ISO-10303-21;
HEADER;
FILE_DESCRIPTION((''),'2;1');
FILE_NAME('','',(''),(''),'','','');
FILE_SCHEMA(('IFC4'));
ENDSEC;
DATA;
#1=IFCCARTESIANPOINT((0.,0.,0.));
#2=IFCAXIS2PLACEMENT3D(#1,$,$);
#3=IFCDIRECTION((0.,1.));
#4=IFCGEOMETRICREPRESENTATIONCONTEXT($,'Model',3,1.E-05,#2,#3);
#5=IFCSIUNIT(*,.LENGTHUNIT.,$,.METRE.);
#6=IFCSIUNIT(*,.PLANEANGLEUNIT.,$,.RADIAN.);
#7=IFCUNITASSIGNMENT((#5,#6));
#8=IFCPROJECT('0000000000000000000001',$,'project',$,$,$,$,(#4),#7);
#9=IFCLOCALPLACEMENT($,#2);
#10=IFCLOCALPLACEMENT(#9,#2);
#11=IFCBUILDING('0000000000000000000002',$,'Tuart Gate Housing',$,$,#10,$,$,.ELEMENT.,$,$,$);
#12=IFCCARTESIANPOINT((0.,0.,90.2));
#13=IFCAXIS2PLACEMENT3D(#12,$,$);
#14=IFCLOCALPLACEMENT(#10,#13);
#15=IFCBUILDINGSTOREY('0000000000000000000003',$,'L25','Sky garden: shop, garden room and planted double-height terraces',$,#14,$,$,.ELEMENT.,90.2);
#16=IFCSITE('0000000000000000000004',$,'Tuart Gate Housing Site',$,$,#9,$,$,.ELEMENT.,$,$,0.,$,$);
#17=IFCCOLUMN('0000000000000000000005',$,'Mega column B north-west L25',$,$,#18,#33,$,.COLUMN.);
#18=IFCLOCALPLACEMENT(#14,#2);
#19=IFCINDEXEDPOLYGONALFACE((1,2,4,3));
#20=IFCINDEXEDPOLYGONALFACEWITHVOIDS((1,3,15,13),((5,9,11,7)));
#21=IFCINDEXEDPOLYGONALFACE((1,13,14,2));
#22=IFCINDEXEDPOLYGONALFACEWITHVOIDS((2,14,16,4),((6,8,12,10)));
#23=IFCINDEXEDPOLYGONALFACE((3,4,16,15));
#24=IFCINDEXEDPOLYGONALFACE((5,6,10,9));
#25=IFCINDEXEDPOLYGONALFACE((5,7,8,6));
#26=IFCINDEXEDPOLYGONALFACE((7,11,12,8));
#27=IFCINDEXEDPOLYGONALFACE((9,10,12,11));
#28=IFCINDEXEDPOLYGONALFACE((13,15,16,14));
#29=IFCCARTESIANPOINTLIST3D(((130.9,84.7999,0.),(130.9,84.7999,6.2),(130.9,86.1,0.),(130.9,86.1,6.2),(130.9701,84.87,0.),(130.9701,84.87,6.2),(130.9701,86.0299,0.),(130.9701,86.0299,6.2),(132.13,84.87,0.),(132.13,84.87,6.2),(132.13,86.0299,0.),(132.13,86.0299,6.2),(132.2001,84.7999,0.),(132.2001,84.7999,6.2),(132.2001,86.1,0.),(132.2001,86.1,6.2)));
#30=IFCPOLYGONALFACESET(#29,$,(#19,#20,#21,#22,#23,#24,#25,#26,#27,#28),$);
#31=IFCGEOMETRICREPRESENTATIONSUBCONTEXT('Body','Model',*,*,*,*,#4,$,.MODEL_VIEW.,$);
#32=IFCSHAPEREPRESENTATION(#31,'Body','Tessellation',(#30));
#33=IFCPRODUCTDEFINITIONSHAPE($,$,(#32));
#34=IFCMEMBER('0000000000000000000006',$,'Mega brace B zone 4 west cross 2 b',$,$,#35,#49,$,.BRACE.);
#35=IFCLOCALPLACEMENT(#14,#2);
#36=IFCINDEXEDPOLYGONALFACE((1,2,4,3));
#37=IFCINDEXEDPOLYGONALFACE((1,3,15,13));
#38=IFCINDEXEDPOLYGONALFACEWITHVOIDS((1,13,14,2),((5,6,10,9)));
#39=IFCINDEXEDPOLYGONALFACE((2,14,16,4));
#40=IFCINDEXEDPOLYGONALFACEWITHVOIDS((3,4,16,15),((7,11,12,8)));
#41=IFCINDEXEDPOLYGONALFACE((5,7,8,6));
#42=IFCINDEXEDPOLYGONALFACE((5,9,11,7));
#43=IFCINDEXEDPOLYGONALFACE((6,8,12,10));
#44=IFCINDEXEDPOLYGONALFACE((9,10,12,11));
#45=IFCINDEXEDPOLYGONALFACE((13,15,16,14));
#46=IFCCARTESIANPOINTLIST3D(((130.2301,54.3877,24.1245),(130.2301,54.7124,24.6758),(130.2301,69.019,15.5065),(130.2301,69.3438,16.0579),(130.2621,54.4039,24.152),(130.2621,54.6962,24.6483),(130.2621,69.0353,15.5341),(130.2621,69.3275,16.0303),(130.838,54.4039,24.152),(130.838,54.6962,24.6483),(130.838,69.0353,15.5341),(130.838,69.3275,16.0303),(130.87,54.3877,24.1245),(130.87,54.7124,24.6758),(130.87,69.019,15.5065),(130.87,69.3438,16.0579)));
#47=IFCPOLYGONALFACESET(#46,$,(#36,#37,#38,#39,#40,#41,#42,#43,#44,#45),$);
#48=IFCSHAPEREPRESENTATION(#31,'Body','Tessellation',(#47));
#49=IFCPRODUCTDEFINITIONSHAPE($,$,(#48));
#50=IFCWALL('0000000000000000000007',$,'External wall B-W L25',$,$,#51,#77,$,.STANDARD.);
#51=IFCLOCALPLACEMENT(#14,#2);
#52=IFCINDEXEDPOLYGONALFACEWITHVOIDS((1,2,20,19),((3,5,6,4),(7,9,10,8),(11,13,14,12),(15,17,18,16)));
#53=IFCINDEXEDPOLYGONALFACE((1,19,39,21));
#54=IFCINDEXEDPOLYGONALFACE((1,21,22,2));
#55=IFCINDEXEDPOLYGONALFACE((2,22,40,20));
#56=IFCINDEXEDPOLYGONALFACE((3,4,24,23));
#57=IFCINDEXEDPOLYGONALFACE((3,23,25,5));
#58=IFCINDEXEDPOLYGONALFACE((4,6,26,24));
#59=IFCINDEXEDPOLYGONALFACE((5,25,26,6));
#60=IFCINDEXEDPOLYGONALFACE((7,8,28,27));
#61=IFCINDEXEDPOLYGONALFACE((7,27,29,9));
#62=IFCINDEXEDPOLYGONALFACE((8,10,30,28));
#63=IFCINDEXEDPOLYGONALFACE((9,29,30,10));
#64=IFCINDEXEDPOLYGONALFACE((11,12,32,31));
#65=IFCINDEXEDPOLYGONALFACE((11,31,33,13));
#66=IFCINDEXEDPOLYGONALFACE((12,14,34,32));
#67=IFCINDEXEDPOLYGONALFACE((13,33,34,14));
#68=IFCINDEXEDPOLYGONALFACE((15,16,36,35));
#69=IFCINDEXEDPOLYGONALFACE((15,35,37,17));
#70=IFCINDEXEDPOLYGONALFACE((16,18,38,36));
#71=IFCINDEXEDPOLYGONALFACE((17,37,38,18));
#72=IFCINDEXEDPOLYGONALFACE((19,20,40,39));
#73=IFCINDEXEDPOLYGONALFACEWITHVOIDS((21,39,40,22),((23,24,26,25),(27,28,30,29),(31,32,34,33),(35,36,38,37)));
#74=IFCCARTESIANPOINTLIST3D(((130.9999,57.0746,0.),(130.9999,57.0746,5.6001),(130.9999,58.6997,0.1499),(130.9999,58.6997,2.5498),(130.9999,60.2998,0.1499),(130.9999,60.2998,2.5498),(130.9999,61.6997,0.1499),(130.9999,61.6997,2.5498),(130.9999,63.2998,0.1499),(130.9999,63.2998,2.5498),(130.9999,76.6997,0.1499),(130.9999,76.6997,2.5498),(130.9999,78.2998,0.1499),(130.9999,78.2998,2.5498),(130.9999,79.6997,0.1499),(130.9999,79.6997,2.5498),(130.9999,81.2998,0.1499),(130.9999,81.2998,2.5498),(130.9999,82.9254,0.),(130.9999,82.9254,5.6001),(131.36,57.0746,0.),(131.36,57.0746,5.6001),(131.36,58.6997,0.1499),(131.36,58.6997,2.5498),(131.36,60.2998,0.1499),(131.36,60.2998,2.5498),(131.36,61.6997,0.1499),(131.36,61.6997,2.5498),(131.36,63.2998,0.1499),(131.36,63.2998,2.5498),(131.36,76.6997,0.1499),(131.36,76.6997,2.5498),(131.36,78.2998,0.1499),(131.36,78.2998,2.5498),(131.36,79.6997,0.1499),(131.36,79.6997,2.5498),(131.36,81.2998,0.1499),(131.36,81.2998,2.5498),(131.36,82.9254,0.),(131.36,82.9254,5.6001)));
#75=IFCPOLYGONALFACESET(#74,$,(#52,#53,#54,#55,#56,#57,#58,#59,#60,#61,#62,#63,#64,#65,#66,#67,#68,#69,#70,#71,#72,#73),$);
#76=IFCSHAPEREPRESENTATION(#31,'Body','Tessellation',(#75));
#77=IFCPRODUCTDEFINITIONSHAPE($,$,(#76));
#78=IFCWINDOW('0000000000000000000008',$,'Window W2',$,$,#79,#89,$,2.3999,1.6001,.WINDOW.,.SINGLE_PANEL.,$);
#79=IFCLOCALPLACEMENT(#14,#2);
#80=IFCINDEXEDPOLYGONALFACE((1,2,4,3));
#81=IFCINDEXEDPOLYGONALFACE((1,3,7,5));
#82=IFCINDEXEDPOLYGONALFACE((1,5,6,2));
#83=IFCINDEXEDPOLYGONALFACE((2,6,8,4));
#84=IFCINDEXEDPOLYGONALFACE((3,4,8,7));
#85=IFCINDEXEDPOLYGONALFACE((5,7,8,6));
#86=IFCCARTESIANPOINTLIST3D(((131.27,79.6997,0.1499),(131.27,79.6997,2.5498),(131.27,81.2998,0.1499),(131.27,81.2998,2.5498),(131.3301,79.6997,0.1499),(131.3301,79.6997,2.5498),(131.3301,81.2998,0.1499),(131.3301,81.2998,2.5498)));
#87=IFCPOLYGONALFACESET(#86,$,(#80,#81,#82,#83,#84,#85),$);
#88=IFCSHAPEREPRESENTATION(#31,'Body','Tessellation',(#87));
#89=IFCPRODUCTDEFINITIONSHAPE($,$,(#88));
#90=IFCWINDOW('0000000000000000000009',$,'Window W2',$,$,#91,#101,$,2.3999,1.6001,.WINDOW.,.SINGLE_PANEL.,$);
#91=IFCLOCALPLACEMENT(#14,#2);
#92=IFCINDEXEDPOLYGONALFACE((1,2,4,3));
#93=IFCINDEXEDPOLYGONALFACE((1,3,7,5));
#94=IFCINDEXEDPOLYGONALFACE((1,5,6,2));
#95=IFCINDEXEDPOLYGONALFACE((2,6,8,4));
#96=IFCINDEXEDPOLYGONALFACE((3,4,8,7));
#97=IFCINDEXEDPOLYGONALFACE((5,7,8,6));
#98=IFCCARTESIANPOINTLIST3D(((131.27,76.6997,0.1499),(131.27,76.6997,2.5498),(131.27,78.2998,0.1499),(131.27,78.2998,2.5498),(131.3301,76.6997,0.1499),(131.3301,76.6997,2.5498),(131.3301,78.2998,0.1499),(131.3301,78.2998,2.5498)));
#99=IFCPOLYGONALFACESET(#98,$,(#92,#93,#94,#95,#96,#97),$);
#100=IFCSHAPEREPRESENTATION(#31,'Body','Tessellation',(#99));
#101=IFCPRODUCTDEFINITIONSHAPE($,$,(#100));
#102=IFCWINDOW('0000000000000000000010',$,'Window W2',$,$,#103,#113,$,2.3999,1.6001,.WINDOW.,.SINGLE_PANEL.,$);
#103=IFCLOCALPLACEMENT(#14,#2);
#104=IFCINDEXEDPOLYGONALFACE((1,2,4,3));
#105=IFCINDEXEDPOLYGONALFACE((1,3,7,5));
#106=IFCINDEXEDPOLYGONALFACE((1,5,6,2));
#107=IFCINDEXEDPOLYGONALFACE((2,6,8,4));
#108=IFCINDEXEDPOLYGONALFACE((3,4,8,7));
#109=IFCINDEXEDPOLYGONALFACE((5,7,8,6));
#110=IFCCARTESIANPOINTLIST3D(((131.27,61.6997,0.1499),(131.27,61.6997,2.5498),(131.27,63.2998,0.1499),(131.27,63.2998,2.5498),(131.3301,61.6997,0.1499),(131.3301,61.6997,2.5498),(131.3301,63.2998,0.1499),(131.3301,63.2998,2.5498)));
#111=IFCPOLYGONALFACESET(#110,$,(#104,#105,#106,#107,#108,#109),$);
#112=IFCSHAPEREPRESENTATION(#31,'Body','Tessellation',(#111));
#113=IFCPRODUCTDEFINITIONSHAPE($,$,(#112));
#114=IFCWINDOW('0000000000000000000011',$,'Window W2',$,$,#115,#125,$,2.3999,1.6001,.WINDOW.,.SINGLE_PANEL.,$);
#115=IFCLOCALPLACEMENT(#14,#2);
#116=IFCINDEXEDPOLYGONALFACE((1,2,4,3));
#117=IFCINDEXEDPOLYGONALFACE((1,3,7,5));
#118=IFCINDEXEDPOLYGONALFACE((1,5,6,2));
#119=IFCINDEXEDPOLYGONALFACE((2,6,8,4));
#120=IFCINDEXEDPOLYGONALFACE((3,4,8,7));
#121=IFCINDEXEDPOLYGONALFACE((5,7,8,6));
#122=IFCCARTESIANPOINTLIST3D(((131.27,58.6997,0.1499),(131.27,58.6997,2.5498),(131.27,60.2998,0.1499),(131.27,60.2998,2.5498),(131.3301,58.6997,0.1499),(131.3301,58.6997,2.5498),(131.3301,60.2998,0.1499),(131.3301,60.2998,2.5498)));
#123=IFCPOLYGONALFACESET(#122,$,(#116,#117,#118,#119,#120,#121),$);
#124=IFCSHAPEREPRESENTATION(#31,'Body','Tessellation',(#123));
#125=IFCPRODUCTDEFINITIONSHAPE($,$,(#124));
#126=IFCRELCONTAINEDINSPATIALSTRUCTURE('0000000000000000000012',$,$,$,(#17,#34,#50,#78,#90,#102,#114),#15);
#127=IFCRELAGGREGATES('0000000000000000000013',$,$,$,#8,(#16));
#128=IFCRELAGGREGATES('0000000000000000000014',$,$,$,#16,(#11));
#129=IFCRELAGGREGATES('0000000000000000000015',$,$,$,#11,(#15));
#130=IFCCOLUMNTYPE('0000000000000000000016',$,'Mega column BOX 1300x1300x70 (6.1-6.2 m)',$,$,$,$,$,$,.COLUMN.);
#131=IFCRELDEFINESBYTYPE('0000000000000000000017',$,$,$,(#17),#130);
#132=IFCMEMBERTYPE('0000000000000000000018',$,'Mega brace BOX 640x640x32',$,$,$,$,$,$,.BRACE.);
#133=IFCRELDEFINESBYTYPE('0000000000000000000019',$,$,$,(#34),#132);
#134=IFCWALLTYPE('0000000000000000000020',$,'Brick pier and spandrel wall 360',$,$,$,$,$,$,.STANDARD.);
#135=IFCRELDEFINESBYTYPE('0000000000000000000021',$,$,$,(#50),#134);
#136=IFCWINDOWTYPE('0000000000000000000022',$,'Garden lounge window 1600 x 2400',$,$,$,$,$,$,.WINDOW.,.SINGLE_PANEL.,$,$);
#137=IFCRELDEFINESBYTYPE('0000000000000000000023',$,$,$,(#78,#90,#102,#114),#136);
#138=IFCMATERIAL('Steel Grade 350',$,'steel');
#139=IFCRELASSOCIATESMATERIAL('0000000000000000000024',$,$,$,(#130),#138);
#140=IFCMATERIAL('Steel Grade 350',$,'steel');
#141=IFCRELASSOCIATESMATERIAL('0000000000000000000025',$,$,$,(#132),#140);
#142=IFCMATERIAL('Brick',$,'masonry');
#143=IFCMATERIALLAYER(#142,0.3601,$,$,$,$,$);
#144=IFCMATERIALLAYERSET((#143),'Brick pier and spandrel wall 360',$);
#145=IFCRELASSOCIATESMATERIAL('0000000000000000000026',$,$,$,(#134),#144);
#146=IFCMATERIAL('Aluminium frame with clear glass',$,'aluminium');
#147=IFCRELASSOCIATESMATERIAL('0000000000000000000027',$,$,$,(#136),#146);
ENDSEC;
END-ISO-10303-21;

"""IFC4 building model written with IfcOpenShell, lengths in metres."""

from ifc_helpers import new_model, si_unit, direction, frame, frame_2d, origin, origin_2d, place, context, subcontext, project, spatial, rectangle, hollow_rectangle, extrude, material, layer, layer_set, material_profile, profile_set, type_object, element, fill, save


model = new_model("IFC4")

# Units and contexts
model_context = context("Model", 3, precision=1e-05, world=origin(), true_north=direction((0.0, 1.0)))
body_context = subcontext(model_context, "Body", "Model", "MODEL_VIEW")
ifc_project = project(units=[si_unit("LENGTHUNIT", "METRE"), si_unit("PLANEANGLEUNIT", "RADIAN")], contexts=[model_context])

# Site, building, storey
site_placement = place(None, origin())
site = spatial("IfcSite", under=ifc_project, at=site_placement, Name="Tuart Gate Housing Site", CompositionType="ELEMENT", RefElevation=0.0)
building_placement = place(site_placement, origin())
building = spatial("IfcBuilding", under=site, at=building_placement, Name="Tuart Gate Housing", CompositionType="ELEMENT")
storey_placement = place(building_placement, frame((0.0, 0.0, 90.2)))
storey = spatial("IfcBuildingStorey", under=building, at=storey_placement, Name="L25", Description="Sky garden: shop, garden room and planted double-height terraces", CompositionType="ELEMENT", Elevation=90.2)

# Column
ifc_material_1 = material(Name="Steel Grade 350", Category="steel")
ifc_material_profile_1 = material_profile(ifc_material_1, hollow_rectangle(XDim=1.3, YDim=1.3, WallThickness=0.0701, at=origin_2d()), Name="BOX 1300x1300x70")
ifc_profile_set_1 = profile_set([ifc_material_profile_1], Name="Steel Grade 350")
column_type = type_object("IfcColumnType", Name="Mega column BOX 1300x1300x70 (6.1-6.2 m)", PredefinedType="COLUMN", material=ifc_profile_set_1)
column_placement = place(storey_placement, frame((131.55, 85.45, 0.0), z_axis=(0.0, 0.0, 1.0), x_axis=(1.0, 0.0, 0.0)))
element("IfcColumn", 1, at=column_placement, inside=storey, type_object=column_type, Name="Mega column B north-west L25", PredefinedType="COLUMN", context=body_context, shape_type="SweptSolid", body=[
    extrude(hollow_rectangle(XDim=1.3, YDim=1.3, WallThickness=0.0701, at=origin_2d()), origin(), (0.0, 0.0, 1.0), 6.2),
])

# Member
ifc_material_2 = material(Name="Steel Grade 350", Category="steel")
ifc_material_profile_2 = material_profile(ifc_material_2, hollow_rectangle(XDim=0.6399, YDim=0.6399, WallThickness=0.032, at=origin_2d()), Name="BOX 640x640x32")
ifc_profile_set_2 = profile_set([ifc_material_profile_2], Name="Steel Grade 350")
member_type = type_object("IfcMemberType", Name="Mega brace BOX 640x640x32", PredefinedType="BRACE", material=ifc_profile_set_2)
member_placement = place(storey_placement, frame((130.55, 69.1814, 15.7822), z_axis=(0.0, -0.861645, 0.507512), x_axis=(1.0, 0.0, 0.0)))
element("IfcMember", 2, at=member_placement, inside=storey, type_object=member_type, Name="Mega brace B zone 4 west cross 2 b", PredefinedType="BRACE", context=body_context, shape_type="SweptSolid", body=[
    extrude(hollow_rectangle(XDim=0.6399, YDim=0.6399, WallThickness=0.032, at=origin_2d()), origin(), (0.0, 0.0, 1.0), 16.9807),
])

# Wall, openings, windows
ifc_material_3 = material(Name="Brick", Category="masonry")
ifc_layer_1 = layer(ifc_material_3, 0.3601)
ifc_layer_set_1 = layer_set([ifc_layer_1], Name="Brick pier and spandrel wall 360")
wall_type_1 = type_object("IfcWallType", Name="Brick pier and spandrel wall 360", PredefinedType="STANDARD", material=ifc_layer_set_1)
wall_1_placement = place(storey_placement, frame((131.1799, 82.9253, 0.0), z_axis=(0.0, 0.0, 1.0), x_axis=(0.0, -1.0, 0.0)))
wall_1 = element("IfcWall", 3, at=wall_1_placement, inside=storey, type_object=wall_type_1, Name="External wall B-W L25", PredefinedType="STANDARD", context=body_context, shape_type="SweptSolid", body=[
    extrude(rectangle(XDim=25.8508, YDim=0.3601, at=frame_2d((12.9253, 0.0))), origin(), (0.0, 0.0, 1.0), 5.6001),
])
opening_1_placement = place(wall_1_placement, frame((1.6255, 0.0, 0.1499)))
opening_1 = element("IfcOpeningElement", 4, at=opening_1_placement, cuts=wall_1, PredefinedType="OPENING", context=body_context, shape_type="SweptSolid", body=[
    extrude(rectangle(XDim=1.6001, YDim=2.3999, at=frame_2d((0.8, 1.2))), frame((0.0, 0.1899, 0.0), z_axis=(0.0, -1.0, 0.0), x_axis=(1.0, 0.0, 0.0)), (0.0, 0.0, 1.0), 0.3801),
])
opening_2_placement = place(wall_1_placement, frame((4.6255, 0.0, 0.1499)))
opening_2 = element("IfcOpeningElement", 5, at=opening_2_placement, cuts=wall_1, PredefinedType="OPENING", context=body_context, shape_type="SweptSolid", body=[
    extrude(rectangle(XDim=1.6001, YDim=2.3999, at=frame_2d((0.8, 1.2))), frame((0.0, 0.1899, 0.0), z_axis=(0.0, -1.0, 0.0), x_axis=(1.0, 0.0, 0.0)), (0.0, 0.0, 1.0), 0.3801),
])
opening_3_placement = place(wall_1_placement, frame((19.6255, 0.0, 0.1499)))
opening_3 = element("IfcOpeningElement", 6, at=opening_3_placement, cuts=wall_1, PredefinedType="OPENING", context=body_context, shape_type="SweptSolid", body=[
    extrude(rectangle(XDim=1.6001, YDim=2.3999, at=frame_2d((0.8, 1.2))), frame((0.0, 0.1899, 0.0), z_axis=(0.0, -1.0, 0.0), x_axis=(1.0, 0.0, 0.0)), (0.0, 0.0, 1.0), 0.3801),
])
opening_4_placement = place(wall_1_placement, frame((22.6255, 0.0, 0.1499)))
opening_4 = element("IfcOpeningElement", 7, at=opening_4_placement, cuts=wall_1, PredefinedType="OPENING", context=body_context, shape_type="SweptSolid", body=[
    extrude(rectangle(XDim=1.6001, YDim=2.3999, at=frame_2d((0.8, 1.2))), frame((0.0, 0.1899, 0.0), z_axis=(0.0, -1.0, 0.0), x_axis=(1.0, 0.0, 0.0)), (0.0, 0.0, 1.0), 0.3801),
])
ifc_material_4 = material(Name="Aluminium frame with clear glass", Category="aluminium")
window_type = type_object("IfcWindowType", Name="Garden lounge window 1600 x 2400", PartitioningType="SINGLE_PANEL", PredefinedType="WINDOW", material=ifc_material_4)
window_1_placement = place(opening_1_placement, origin())
window_1 = element("IfcWindow", 8, at=window_1_placement, inside=storey, type_object=window_type, Name="Window W2", OverallHeight=2.3999, OverallWidth=1.6001, PartitioningType="SINGLE_PANEL", PredefinedType="WINDOW", context=body_context, shape_type="SweptSolid", body=[
    extrude(rectangle(XDim=1.6001, YDim=2.3999, at=frame_2d((0.8, 1.2))), frame((0.0, 0.1501, 0.0), z_axis=(0.0, -1.0, 0.0), x_axis=(1.0, 0.0, 0.0)), (0.0, 0.0, 1.0), 0.0601),
])
fill(opening_1, window_1)
window_2_placement = place(opening_2_placement, origin())
window_2 = element("IfcWindow", 9, at=window_2_placement, inside=storey, type_object=window_type, Name="Window W2", OverallHeight=2.3999, OverallWidth=1.6001, PartitioningType="SINGLE_PANEL", PredefinedType="WINDOW", context=body_context, shape_type="SweptSolid", body=[
    extrude(rectangle(XDim=1.6001, YDim=2.3999, at=frame_2d((0.8, 1.2))), frame((0.0, 0.1501, 0.0), z_axis=(0.0, -1.0, 0.0), x_axis=(1.0, 0.0, 0.0)), (0.0, 0.0, 1.0), 0.0601),
])
fill(opening_2, window_2)
window_3_placement = place(opening_3_placement, origin())
window_3 = element("IfcWindow", 10, at=window_3_placement, inside=storey, type_object=window_type, Name="Window W2", OverallHeight=2.3999, OverallWidth=1.6001, PartitioningType="SINGLE_PANEL", PredefinedType="WINDOW", context=body_context, shape_type="SweptSolid", body=[
    extrude(rectangle(XDim=1.6001, YDim=2.3999, at=frame_2d((0.8, 1.2))), frame((0.0, 0.1501, 0.0), z_axis=(0.0, -1.0, 0.0), x_axis=(1.0, 0.0, 0.0)), (0.0, 0.0, 1.0), 0.0601),
])
fill(opening_3, window_3)
window_4_placement = place(opening_4_placement, origin())
window_4 = element("IfcWindow", 11, at=window_4_placement, inside=storey, type_object=window_type, Name="Window W2", OverallHeight=2.3999, OverallWidth=1.6001, PartitioningType="SINGLE_PANEL", PredefinedType="WINDOW", context=body_context, shape_type="SweptSolid", body=[
    extrude(rectangle(XDim=1.6001, YDim=2.3999, at=frame_2d((0.8, 1.2))), frame((0.0, 0.1501, 0.0), z_axis=(0.0, -1.0, 0.0), x_axis=(1.0, 0.0, 0.0)), (0.0, 0.0, 1.0), 0.0601),
])
fill(opening_4, window_4)

save(model, "model.ifc")
